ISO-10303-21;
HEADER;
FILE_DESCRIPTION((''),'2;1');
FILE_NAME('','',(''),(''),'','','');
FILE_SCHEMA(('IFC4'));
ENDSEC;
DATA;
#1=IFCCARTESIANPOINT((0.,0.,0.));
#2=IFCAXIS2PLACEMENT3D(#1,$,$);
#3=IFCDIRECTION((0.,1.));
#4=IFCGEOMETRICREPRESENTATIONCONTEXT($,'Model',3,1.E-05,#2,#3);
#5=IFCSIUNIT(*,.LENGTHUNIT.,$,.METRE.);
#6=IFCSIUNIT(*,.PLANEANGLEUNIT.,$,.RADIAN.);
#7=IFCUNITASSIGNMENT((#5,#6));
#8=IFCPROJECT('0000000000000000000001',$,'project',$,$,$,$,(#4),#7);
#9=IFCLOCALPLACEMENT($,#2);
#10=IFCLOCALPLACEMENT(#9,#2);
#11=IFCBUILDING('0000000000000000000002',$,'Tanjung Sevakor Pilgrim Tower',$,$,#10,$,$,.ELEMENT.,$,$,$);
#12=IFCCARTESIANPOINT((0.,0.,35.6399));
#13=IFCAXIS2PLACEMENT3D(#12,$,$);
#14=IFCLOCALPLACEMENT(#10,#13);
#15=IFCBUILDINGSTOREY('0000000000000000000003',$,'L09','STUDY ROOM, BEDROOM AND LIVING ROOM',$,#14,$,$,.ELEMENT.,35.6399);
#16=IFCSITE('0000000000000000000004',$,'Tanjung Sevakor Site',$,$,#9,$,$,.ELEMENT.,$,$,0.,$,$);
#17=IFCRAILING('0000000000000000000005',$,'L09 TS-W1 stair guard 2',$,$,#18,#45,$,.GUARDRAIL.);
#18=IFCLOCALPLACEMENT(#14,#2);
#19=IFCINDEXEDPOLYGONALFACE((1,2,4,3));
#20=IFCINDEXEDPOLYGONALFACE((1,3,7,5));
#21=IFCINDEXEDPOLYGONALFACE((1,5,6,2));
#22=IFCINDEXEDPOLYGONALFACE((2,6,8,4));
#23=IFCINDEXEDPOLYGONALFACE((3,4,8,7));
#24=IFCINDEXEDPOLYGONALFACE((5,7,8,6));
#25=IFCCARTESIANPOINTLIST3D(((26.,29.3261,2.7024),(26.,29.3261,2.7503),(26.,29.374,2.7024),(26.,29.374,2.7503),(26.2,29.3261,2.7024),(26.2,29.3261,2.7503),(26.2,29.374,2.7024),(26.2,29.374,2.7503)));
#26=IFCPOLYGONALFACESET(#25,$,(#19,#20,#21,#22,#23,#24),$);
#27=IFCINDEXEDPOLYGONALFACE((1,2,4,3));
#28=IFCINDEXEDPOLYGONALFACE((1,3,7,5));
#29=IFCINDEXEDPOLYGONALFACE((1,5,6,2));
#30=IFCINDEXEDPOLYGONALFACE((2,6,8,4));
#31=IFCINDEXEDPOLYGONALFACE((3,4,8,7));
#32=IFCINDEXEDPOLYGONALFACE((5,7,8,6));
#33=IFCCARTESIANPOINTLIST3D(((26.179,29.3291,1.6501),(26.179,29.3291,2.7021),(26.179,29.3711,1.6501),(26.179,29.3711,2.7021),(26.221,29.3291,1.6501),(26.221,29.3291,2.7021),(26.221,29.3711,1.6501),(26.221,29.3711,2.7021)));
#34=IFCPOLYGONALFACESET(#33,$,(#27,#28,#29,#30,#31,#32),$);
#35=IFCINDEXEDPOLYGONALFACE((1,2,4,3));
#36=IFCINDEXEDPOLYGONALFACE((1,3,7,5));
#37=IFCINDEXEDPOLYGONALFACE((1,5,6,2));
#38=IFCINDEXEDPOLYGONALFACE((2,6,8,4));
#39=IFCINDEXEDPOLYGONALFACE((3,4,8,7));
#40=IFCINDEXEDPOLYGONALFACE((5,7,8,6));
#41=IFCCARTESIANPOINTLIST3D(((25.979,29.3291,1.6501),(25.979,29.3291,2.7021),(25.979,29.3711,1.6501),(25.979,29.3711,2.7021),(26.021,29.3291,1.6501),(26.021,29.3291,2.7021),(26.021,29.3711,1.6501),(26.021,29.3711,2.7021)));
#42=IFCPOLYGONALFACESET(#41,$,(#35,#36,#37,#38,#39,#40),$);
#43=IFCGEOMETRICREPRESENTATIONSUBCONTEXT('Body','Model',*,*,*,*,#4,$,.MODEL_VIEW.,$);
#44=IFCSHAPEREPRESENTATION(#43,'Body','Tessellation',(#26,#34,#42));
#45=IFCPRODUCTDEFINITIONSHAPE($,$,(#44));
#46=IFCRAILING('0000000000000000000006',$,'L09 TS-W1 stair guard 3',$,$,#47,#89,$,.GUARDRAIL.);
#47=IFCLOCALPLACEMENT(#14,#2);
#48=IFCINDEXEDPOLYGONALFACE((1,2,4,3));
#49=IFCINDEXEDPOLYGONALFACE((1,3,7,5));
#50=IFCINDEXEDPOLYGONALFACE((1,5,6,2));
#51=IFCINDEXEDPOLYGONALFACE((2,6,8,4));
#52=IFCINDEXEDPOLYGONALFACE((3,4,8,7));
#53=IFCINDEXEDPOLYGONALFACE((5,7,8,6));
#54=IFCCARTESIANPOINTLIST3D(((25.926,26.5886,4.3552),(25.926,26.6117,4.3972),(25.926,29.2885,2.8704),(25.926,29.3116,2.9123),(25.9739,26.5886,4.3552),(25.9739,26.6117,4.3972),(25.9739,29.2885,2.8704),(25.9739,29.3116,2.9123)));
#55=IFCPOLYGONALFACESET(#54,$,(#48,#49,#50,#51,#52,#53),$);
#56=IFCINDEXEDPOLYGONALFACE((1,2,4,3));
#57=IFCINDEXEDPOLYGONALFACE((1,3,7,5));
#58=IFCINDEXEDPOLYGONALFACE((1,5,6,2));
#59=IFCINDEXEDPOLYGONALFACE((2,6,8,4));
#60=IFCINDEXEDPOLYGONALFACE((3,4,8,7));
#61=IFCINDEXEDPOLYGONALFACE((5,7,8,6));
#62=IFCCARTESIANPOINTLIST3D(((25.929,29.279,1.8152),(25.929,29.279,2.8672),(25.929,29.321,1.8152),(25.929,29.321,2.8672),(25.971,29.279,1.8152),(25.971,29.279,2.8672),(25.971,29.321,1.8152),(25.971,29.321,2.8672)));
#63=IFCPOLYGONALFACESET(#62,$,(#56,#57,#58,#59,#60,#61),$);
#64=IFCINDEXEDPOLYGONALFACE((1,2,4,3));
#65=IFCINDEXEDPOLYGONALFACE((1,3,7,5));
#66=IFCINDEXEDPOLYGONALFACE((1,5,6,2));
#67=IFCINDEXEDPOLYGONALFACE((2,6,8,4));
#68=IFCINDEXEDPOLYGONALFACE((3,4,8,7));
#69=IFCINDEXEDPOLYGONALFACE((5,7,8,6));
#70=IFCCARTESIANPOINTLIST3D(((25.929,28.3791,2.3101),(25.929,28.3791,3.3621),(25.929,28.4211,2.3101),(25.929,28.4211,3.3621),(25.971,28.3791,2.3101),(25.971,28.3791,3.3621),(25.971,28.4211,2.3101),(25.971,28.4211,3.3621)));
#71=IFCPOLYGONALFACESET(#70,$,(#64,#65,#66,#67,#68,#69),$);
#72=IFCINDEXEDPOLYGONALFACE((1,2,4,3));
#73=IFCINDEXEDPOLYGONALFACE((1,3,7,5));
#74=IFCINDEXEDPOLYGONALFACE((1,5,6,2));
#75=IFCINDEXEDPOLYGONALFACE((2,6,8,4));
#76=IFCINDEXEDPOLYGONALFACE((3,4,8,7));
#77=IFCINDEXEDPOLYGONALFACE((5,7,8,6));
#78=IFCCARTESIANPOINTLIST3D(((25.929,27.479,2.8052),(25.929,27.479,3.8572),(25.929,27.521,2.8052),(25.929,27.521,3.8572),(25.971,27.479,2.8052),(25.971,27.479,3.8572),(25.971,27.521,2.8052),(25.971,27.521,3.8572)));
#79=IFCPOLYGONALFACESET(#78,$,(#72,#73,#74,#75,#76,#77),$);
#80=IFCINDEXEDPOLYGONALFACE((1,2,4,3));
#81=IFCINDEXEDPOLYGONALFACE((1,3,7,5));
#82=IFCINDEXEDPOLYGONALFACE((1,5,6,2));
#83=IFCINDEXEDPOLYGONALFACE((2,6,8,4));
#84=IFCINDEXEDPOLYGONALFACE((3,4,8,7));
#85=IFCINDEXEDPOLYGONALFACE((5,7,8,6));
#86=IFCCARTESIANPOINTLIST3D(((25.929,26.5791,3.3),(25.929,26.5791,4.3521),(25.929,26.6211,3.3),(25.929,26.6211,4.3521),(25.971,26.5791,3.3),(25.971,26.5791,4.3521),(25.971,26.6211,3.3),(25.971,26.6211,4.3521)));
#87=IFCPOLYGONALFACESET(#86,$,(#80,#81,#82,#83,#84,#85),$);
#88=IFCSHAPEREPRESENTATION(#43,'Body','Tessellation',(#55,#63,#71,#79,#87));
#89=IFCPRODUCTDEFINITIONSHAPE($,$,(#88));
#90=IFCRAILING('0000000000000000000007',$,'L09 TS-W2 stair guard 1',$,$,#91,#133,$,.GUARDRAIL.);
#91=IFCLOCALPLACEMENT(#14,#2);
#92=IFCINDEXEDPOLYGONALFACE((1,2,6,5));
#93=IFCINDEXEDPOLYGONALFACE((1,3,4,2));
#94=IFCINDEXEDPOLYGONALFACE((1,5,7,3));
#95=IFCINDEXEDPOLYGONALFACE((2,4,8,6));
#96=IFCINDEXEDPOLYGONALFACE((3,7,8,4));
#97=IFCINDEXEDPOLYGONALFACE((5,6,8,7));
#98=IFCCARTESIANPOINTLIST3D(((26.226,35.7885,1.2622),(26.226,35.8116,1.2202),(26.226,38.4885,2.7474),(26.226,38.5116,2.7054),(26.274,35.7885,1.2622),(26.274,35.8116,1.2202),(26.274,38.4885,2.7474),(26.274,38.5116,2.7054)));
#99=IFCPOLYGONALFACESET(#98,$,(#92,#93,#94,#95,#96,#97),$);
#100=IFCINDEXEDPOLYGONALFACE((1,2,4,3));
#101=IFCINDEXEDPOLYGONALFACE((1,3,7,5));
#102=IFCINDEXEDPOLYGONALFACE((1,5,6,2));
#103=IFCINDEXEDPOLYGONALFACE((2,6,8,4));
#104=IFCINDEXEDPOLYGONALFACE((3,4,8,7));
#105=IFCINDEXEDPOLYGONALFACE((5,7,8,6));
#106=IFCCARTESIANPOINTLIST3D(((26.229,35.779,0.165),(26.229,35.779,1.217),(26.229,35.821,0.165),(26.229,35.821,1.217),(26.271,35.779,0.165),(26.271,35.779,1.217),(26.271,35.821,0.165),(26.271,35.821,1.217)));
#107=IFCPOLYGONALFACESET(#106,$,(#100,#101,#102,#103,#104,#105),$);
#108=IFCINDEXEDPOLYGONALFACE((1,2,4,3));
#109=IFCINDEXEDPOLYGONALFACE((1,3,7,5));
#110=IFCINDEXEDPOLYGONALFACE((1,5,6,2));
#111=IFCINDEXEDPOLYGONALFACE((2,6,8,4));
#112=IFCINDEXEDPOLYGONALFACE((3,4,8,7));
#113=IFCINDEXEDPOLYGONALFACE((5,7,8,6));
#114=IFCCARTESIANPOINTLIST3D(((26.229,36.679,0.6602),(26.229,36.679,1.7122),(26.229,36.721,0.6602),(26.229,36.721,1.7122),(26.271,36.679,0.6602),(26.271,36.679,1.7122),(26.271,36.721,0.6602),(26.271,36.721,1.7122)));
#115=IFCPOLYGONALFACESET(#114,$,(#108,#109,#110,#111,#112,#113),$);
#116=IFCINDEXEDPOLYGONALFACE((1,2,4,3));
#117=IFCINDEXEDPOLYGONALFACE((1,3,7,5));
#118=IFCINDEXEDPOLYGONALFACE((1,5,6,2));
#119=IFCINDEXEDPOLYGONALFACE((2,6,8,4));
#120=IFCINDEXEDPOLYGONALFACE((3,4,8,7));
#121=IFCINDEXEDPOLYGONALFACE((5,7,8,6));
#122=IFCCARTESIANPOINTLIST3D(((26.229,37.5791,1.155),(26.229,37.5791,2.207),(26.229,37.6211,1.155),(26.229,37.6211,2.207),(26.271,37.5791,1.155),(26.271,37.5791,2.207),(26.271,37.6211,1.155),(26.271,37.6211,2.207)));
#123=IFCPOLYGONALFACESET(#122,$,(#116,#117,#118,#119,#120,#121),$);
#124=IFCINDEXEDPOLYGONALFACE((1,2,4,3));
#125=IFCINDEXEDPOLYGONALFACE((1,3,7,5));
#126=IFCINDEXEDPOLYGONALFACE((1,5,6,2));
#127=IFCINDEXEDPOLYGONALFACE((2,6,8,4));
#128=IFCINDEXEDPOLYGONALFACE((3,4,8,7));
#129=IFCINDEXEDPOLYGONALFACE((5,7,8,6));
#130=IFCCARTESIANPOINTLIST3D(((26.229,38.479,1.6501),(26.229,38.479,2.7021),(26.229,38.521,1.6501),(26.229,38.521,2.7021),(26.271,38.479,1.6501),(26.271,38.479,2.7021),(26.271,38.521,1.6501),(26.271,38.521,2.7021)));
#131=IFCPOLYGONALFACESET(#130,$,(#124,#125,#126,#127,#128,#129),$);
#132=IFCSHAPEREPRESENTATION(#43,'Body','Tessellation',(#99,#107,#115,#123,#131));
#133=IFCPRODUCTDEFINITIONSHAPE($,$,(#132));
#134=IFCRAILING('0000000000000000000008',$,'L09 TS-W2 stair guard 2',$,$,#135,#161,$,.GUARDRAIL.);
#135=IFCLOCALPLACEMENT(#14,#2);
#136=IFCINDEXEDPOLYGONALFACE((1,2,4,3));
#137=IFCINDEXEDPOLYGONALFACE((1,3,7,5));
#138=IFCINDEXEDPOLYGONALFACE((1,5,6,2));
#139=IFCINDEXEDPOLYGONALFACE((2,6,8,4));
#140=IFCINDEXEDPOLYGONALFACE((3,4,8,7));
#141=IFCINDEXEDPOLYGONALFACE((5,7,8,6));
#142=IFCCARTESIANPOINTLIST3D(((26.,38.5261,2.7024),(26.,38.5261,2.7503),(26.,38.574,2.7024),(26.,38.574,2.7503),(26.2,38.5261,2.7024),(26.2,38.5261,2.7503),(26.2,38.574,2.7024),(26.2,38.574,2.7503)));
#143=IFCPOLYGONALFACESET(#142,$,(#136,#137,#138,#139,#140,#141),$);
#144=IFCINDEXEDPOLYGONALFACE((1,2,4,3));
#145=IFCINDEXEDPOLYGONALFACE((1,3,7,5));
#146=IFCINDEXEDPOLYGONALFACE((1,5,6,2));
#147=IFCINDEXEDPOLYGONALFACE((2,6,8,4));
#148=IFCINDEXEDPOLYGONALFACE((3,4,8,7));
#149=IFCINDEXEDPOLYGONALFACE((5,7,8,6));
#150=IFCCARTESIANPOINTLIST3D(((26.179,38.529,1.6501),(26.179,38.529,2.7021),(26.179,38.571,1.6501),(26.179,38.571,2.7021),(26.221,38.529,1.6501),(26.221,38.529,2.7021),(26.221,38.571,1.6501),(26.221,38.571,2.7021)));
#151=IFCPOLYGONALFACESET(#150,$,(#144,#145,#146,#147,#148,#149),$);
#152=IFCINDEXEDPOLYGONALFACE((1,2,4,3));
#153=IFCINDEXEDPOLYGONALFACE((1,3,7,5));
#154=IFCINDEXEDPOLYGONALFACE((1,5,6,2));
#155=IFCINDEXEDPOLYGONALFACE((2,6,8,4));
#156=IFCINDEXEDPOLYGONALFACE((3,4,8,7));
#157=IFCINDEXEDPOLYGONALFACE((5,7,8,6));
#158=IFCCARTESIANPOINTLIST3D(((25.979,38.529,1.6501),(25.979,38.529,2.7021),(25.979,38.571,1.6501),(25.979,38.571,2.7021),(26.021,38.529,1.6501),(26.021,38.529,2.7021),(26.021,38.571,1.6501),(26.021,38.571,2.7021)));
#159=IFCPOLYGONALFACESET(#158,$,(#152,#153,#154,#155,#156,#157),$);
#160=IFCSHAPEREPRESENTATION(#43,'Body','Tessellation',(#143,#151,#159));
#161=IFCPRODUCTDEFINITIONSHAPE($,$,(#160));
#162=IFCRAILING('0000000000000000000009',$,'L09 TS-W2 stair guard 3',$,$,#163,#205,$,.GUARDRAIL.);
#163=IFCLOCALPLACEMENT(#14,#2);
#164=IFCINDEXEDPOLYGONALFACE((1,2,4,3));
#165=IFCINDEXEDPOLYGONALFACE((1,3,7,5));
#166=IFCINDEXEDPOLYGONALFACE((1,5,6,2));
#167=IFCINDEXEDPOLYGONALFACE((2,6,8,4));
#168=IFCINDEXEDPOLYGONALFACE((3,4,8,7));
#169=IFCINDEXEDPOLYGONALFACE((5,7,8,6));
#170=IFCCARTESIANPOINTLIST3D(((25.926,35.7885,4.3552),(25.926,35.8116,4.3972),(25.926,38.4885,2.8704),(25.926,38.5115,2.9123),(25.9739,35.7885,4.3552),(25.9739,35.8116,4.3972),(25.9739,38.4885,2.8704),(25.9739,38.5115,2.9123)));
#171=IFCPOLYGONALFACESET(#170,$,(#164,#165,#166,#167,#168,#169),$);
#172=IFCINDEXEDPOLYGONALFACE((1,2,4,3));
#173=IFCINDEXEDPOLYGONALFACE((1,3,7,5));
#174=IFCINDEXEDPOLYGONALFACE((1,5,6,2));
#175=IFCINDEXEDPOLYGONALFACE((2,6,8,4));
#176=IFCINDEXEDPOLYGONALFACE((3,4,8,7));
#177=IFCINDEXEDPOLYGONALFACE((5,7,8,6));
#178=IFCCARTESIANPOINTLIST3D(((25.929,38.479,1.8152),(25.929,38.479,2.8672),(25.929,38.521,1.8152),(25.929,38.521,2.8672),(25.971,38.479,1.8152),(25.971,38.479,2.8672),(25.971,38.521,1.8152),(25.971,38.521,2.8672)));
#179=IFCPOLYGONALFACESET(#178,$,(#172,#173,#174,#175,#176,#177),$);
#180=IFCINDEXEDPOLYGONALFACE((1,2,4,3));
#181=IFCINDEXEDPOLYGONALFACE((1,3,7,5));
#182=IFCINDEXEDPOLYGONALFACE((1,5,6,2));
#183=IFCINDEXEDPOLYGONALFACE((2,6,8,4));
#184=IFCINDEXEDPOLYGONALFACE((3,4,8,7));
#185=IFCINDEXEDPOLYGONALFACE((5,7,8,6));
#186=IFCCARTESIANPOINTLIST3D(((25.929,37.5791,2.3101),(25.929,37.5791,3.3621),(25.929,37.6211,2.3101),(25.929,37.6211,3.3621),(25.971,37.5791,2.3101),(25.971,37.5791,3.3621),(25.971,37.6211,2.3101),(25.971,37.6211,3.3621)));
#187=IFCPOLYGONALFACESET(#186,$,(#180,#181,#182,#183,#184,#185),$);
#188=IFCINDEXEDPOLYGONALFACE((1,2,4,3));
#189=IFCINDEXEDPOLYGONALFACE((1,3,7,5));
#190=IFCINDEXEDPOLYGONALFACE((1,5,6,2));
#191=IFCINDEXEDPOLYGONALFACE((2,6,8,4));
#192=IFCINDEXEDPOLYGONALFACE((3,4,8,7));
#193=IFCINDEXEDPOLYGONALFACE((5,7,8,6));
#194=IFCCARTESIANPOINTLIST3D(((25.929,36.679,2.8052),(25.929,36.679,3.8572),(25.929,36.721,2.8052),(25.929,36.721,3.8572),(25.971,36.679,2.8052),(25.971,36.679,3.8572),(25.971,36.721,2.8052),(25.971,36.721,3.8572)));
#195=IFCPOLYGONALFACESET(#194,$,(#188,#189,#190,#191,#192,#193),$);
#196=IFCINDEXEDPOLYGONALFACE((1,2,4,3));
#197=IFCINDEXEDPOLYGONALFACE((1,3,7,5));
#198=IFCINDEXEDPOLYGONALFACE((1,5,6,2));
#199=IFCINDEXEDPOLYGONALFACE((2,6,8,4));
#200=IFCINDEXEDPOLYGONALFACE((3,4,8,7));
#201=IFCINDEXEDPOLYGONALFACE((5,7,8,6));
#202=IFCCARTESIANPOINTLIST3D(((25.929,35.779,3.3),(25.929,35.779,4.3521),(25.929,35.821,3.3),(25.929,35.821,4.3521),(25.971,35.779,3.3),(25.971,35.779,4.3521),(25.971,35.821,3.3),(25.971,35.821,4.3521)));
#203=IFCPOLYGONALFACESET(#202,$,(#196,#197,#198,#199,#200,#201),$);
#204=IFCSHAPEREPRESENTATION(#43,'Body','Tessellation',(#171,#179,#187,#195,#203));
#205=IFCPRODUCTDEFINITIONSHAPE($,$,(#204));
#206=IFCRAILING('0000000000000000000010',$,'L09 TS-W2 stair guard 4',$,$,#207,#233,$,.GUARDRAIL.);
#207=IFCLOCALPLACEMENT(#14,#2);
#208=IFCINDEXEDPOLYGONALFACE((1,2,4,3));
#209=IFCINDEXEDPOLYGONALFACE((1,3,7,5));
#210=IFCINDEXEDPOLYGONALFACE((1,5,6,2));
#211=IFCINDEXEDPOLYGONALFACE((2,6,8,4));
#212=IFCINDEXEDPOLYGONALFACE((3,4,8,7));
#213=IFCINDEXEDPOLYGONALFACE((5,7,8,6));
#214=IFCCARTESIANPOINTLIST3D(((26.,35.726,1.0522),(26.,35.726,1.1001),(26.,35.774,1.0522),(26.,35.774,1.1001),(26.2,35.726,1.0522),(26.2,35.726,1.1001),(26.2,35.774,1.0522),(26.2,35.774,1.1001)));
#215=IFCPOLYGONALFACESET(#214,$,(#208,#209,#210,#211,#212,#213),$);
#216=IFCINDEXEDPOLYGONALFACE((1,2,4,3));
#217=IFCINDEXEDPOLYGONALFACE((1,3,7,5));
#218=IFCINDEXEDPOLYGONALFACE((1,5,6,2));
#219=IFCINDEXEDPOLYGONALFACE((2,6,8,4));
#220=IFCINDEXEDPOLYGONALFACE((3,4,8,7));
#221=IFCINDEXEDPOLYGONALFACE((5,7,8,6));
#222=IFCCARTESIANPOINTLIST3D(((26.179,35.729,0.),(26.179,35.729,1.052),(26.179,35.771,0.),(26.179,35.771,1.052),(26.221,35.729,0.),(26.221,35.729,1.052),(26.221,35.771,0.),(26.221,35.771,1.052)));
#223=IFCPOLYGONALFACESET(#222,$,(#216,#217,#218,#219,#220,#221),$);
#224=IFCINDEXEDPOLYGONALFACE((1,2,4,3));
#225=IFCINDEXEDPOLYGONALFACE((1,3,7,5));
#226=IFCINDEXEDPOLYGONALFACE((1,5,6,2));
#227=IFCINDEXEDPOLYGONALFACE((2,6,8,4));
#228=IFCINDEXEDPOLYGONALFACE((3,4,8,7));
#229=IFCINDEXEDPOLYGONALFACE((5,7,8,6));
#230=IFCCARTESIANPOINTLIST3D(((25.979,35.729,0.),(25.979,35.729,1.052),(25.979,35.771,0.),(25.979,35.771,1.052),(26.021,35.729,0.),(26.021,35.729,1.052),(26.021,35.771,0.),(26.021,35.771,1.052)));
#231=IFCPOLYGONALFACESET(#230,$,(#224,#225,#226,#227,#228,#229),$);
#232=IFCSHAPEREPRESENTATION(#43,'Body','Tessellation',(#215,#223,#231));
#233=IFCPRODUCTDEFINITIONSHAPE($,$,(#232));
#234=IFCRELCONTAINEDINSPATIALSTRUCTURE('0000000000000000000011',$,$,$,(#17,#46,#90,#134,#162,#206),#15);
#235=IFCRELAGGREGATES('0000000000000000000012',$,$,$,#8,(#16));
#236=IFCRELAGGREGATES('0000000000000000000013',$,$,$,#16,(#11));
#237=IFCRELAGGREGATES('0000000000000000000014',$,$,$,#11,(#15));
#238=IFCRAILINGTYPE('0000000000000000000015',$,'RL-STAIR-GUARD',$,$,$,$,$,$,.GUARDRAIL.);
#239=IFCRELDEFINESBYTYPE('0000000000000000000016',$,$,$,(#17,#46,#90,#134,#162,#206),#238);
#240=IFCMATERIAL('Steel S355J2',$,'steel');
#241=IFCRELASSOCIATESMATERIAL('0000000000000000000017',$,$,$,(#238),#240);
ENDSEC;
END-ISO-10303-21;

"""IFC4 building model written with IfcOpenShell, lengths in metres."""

from ifc_helpers import new_model, si_unit, direction, frame, origin, place, context, subcontext, project, spatial, rectangle, extrude, material, type_object, element, save


model = new_model("IFC4")

# Units and contexts
model_context = context("Model", 3, precision=1e-05, world=origin(), true_north=direction((0.0, 1.0)))
body_context = subcontext(model_context, "Body", "Model", "MODEL_VIEW")
ifc_project = project(units=[si_unit("LENGTHUNIT", "METRE"), si_unit("PLANEANGLEUNIT", "RADIAN")], contexts=[model_context])

# Site, building, storey
site_placement = place(None, origin())
site = spatial("IfcSite", under=ifc_project, at=site_placement, Name="Tanjung Sevakor Site", CompositionType="ELEMENT", RefElevation=0.0)
building_placement = place(site_placement, origin())
building = spatial("IfcBuilding", under=site, at=building_placement, Name="Tanjung Sevakor Pilgrim Tower", CompositionType="ELEMENT")
storey_placement = place(building_placement, frame((0.0, 0.0, 35.6399)))
storey = spatial("IfcBuildingStorey", under=building, at=storey_placement, Name="L09", Description="STUDY ROOM, BEDROOM AND LIVING ROOM", CompositionType="ELEMENT", Elevation=35.6399)

# Railings
ifc_material_1 = material(Name="Steel S355J2", Category="steel")
railing_type_1 = type_object("IfcRailingType", Name="RL-STAIR-GUARD", PredefinedType="GUARDRAIL", material=ifc_material_1)
railing_1_placement = place(storey_placement, frame((26.2, 29.3501, 1.6501)))
element("IfcRailing", 1, at=railing_1_placement, inside=storey, type_object=railing_type_1, Name="L09 TS-W1 stair guard 2", PredefinedType="GUARDRAIL", context=body_context, shape_type="SweptSolid", body=[
    extrude(rectangle(XDim=0.0479, YDim=0.0479), frame((0.0, 0.0, 1.0762), z_axis=(-1.0, 0.0, 0.0), x_axis=(0.0, -1.0, 0.0)), (0.0, 0.0, 1.0), 0.2),
    extrude(rectangle(XDim=0.042, YDim=0.042), origin(), (0.0, 0.0, 1.0), 1.052),
    extrude(rectangle(XDim=0.042, YDim=0.042), frame((-0.2, 0.0, 0.0)), (0.0, 0.0, 1.0), 1.052),
])
railing_2_placement = place(storey_placement, frame((25.95, 29.3, 1.8152)))
element("IfcRailing", 2, at=railing_2_placement, inside=storey, type_object=railing_type_1, Name="L09 TS-W1 stair guard 3", PredefinedType="GUARDRAIL", context=body_context, shape_type="SweptSolid", body=[
    extrude(rectangle(XDim=0.0479, YDim=0.0479), frame((0.0, 0.0, 1.0762), z_axis=(0.0, -0.876231, 0.481891), x_axis=(1.0, 0.0, 0.0)), (0.0, 0.0, 1.0), 3.0813),
    extrude(rectangle(XDim=0.042, YDim=0.042), origin(), (0.0, 0.0, 1.0), 1.052),
    extrude(rectangle(XDim=0.042, YDim=0.042), frame((0.0, -0.8999, 0.4949)), (0.0, 0.0, 1.0), 1.052),
    extrude(rectangle(XDim=0.042, YDim=0.042), frame((0.0, -1.8, 0.99)), (0.0, 0.0, 1.0), 1.052),
    extrude(rectangle(XDim=0.042, YDim=0.042), frame((0.0, -2.7, 1.4849)), (0.0, 0.0, 1.0), 1.052),
])
railing_3_placement = place(storey_placement, frame((26.25, 35.8, 0.165)))
element("IfcRailing", 3, at=railing_3_placement, inside=storey, type_object=railing_type_1, Name="L09 TS-W2 stair guard 1", PredefinedType="GUARDRAIL", context=body_context, shape_type="SweptSolid", body=[
    extrude(rectangle(XDim=0.0479, YDim=0.0479), frame((0.0, 0.0, 1.0762), z_axis=(0.0, 0.876198, 0.481952), x_axis=(-1.0, 0.0, 0.0)), (0.0, 0.0, 1.0), 3.0815),
    extrude(rectangle(XDim=0.042, YDim=0.042), origin(), (0.0, 0.0, 1.0), 1.052),
    extrude(rectangle(XDim=0.042, YDim=0.042), frame((0.0, 0.8999, 0.4951)), (0.0, 0.0, 1.0), 1.052),
    extrude(rectangle(XDim=0.042, YDim=0.042), frame((0.0, 1.8, 0.99)), (0.0, 0.0, 1.0), 1.052),
    extrude(rectangle(XDim=0.042, YDim=0.042), frame((0.0, 2.7, 1.4851)), (0.0, 0.0, 1.0), 1.052),
])
railing_4_placement = place(storey_placement, frame((26.2, 38.55, 1.6501)))
element("IfcRailing", 4, at=railing_4_placement, inside=storey, type_object=railing_type_1, Name="L09 TS-W2 stair guard 2", PredefinedType="GUARDRAIL", context=body_context, shape_type="SweptSolid", body=[
    extrude(rectangle(XDim=0.0479, YDim=0.0479), frame((0.0, 0.0, 1.0762), z_axis=(-1.0, 0.0, 0.0), x_axis=(0.0, -1.0, 0.0)), (0.0, 0.0, 1.0), 0.2),
    extrude(rectangle(XDim=0.042, YDim=0.042), origin(), (0.0, 0.0, 1.0), 1.052),
    extrude(rectangle(XDim=0.042, YDim=0.042), frame((-0.2, 0.0, 0.0)), (0.0, 0.0, 1.0), 1.052),
])
railing_5_placement = place(storey_placement, frame((25.95, 38.5, 1.8152)))
element("IfcRailing", 5, at=railing_5_placement, inside=storey, type_object=railing_type_1, Name="L09 TS-W2 stair guard 3", PredefinedType="GUARDRAIL", context=body_context, shape_type="SweptSolid", body=[
    extrude(rectangle(XDim=0.0479, YDim=0.0479), frame((0.0, 0.0, 1.0762), z_axis=(0.0, -0.876231, 0.481891), x_axis=(1.0, 0.0, 0.0)), (0.0, 0.0, 1.0), 3.0813),
    extrude(rectangle(XDim=0.042, YDim=0.042), origin(), (0.0, 0.0, 1.0), 1.052),
    extrude(rectangle(XDim=0.042, YDim=0.042), frame((0.0, -0.8999, 0.4949)), (0.0, 0.0, 1.0), 1.052),
    extrude(rectangle(XDim=0.042, YDim=0.042), frame((0.0, -1.8, 0.99)), (0.0, 0.0, 1.0), 1.052),
    extrude(rectangle(XDim=0.042, YDim=0.042), frame((0.0, -2.7, 1.4849)), (0.0, 0.0, 1.0), 1.052),
])
railing_6_placement = place(storey_placement, frame((26.2, 35.75, 0.0)))
element("IfcRailing", 6, at=railing_6_placement, inside=storey, type_object=railing_type_1, Name="L09 TS-W2 stair guard 4", PredefinedType="GUARDRAIL", context=body_context, shape_type="SweptSolid", body=[
    extrude(rectangle(XDim=0.0479, YDim=0.0479), frame((0.0, 0.0, 1.0762), z_axis=(-1.0, 0.0, 0.0), x_axis=(0.0, -1.0, 0.0)), (0.0, 0.0, 1.0), 0.2),
    extrude(rectangle(XDim=0.042, YDim=0.042), origin(), (0.0, 0.0, 1.0), 1.052),
    extrude(rectangle(XDim=0.042, YDim=0.042), frame((-0.2, 0.0, 0.0)), (0.0, 0.0, 1.0), 1.052),
])

save(model, "model.ifc")
